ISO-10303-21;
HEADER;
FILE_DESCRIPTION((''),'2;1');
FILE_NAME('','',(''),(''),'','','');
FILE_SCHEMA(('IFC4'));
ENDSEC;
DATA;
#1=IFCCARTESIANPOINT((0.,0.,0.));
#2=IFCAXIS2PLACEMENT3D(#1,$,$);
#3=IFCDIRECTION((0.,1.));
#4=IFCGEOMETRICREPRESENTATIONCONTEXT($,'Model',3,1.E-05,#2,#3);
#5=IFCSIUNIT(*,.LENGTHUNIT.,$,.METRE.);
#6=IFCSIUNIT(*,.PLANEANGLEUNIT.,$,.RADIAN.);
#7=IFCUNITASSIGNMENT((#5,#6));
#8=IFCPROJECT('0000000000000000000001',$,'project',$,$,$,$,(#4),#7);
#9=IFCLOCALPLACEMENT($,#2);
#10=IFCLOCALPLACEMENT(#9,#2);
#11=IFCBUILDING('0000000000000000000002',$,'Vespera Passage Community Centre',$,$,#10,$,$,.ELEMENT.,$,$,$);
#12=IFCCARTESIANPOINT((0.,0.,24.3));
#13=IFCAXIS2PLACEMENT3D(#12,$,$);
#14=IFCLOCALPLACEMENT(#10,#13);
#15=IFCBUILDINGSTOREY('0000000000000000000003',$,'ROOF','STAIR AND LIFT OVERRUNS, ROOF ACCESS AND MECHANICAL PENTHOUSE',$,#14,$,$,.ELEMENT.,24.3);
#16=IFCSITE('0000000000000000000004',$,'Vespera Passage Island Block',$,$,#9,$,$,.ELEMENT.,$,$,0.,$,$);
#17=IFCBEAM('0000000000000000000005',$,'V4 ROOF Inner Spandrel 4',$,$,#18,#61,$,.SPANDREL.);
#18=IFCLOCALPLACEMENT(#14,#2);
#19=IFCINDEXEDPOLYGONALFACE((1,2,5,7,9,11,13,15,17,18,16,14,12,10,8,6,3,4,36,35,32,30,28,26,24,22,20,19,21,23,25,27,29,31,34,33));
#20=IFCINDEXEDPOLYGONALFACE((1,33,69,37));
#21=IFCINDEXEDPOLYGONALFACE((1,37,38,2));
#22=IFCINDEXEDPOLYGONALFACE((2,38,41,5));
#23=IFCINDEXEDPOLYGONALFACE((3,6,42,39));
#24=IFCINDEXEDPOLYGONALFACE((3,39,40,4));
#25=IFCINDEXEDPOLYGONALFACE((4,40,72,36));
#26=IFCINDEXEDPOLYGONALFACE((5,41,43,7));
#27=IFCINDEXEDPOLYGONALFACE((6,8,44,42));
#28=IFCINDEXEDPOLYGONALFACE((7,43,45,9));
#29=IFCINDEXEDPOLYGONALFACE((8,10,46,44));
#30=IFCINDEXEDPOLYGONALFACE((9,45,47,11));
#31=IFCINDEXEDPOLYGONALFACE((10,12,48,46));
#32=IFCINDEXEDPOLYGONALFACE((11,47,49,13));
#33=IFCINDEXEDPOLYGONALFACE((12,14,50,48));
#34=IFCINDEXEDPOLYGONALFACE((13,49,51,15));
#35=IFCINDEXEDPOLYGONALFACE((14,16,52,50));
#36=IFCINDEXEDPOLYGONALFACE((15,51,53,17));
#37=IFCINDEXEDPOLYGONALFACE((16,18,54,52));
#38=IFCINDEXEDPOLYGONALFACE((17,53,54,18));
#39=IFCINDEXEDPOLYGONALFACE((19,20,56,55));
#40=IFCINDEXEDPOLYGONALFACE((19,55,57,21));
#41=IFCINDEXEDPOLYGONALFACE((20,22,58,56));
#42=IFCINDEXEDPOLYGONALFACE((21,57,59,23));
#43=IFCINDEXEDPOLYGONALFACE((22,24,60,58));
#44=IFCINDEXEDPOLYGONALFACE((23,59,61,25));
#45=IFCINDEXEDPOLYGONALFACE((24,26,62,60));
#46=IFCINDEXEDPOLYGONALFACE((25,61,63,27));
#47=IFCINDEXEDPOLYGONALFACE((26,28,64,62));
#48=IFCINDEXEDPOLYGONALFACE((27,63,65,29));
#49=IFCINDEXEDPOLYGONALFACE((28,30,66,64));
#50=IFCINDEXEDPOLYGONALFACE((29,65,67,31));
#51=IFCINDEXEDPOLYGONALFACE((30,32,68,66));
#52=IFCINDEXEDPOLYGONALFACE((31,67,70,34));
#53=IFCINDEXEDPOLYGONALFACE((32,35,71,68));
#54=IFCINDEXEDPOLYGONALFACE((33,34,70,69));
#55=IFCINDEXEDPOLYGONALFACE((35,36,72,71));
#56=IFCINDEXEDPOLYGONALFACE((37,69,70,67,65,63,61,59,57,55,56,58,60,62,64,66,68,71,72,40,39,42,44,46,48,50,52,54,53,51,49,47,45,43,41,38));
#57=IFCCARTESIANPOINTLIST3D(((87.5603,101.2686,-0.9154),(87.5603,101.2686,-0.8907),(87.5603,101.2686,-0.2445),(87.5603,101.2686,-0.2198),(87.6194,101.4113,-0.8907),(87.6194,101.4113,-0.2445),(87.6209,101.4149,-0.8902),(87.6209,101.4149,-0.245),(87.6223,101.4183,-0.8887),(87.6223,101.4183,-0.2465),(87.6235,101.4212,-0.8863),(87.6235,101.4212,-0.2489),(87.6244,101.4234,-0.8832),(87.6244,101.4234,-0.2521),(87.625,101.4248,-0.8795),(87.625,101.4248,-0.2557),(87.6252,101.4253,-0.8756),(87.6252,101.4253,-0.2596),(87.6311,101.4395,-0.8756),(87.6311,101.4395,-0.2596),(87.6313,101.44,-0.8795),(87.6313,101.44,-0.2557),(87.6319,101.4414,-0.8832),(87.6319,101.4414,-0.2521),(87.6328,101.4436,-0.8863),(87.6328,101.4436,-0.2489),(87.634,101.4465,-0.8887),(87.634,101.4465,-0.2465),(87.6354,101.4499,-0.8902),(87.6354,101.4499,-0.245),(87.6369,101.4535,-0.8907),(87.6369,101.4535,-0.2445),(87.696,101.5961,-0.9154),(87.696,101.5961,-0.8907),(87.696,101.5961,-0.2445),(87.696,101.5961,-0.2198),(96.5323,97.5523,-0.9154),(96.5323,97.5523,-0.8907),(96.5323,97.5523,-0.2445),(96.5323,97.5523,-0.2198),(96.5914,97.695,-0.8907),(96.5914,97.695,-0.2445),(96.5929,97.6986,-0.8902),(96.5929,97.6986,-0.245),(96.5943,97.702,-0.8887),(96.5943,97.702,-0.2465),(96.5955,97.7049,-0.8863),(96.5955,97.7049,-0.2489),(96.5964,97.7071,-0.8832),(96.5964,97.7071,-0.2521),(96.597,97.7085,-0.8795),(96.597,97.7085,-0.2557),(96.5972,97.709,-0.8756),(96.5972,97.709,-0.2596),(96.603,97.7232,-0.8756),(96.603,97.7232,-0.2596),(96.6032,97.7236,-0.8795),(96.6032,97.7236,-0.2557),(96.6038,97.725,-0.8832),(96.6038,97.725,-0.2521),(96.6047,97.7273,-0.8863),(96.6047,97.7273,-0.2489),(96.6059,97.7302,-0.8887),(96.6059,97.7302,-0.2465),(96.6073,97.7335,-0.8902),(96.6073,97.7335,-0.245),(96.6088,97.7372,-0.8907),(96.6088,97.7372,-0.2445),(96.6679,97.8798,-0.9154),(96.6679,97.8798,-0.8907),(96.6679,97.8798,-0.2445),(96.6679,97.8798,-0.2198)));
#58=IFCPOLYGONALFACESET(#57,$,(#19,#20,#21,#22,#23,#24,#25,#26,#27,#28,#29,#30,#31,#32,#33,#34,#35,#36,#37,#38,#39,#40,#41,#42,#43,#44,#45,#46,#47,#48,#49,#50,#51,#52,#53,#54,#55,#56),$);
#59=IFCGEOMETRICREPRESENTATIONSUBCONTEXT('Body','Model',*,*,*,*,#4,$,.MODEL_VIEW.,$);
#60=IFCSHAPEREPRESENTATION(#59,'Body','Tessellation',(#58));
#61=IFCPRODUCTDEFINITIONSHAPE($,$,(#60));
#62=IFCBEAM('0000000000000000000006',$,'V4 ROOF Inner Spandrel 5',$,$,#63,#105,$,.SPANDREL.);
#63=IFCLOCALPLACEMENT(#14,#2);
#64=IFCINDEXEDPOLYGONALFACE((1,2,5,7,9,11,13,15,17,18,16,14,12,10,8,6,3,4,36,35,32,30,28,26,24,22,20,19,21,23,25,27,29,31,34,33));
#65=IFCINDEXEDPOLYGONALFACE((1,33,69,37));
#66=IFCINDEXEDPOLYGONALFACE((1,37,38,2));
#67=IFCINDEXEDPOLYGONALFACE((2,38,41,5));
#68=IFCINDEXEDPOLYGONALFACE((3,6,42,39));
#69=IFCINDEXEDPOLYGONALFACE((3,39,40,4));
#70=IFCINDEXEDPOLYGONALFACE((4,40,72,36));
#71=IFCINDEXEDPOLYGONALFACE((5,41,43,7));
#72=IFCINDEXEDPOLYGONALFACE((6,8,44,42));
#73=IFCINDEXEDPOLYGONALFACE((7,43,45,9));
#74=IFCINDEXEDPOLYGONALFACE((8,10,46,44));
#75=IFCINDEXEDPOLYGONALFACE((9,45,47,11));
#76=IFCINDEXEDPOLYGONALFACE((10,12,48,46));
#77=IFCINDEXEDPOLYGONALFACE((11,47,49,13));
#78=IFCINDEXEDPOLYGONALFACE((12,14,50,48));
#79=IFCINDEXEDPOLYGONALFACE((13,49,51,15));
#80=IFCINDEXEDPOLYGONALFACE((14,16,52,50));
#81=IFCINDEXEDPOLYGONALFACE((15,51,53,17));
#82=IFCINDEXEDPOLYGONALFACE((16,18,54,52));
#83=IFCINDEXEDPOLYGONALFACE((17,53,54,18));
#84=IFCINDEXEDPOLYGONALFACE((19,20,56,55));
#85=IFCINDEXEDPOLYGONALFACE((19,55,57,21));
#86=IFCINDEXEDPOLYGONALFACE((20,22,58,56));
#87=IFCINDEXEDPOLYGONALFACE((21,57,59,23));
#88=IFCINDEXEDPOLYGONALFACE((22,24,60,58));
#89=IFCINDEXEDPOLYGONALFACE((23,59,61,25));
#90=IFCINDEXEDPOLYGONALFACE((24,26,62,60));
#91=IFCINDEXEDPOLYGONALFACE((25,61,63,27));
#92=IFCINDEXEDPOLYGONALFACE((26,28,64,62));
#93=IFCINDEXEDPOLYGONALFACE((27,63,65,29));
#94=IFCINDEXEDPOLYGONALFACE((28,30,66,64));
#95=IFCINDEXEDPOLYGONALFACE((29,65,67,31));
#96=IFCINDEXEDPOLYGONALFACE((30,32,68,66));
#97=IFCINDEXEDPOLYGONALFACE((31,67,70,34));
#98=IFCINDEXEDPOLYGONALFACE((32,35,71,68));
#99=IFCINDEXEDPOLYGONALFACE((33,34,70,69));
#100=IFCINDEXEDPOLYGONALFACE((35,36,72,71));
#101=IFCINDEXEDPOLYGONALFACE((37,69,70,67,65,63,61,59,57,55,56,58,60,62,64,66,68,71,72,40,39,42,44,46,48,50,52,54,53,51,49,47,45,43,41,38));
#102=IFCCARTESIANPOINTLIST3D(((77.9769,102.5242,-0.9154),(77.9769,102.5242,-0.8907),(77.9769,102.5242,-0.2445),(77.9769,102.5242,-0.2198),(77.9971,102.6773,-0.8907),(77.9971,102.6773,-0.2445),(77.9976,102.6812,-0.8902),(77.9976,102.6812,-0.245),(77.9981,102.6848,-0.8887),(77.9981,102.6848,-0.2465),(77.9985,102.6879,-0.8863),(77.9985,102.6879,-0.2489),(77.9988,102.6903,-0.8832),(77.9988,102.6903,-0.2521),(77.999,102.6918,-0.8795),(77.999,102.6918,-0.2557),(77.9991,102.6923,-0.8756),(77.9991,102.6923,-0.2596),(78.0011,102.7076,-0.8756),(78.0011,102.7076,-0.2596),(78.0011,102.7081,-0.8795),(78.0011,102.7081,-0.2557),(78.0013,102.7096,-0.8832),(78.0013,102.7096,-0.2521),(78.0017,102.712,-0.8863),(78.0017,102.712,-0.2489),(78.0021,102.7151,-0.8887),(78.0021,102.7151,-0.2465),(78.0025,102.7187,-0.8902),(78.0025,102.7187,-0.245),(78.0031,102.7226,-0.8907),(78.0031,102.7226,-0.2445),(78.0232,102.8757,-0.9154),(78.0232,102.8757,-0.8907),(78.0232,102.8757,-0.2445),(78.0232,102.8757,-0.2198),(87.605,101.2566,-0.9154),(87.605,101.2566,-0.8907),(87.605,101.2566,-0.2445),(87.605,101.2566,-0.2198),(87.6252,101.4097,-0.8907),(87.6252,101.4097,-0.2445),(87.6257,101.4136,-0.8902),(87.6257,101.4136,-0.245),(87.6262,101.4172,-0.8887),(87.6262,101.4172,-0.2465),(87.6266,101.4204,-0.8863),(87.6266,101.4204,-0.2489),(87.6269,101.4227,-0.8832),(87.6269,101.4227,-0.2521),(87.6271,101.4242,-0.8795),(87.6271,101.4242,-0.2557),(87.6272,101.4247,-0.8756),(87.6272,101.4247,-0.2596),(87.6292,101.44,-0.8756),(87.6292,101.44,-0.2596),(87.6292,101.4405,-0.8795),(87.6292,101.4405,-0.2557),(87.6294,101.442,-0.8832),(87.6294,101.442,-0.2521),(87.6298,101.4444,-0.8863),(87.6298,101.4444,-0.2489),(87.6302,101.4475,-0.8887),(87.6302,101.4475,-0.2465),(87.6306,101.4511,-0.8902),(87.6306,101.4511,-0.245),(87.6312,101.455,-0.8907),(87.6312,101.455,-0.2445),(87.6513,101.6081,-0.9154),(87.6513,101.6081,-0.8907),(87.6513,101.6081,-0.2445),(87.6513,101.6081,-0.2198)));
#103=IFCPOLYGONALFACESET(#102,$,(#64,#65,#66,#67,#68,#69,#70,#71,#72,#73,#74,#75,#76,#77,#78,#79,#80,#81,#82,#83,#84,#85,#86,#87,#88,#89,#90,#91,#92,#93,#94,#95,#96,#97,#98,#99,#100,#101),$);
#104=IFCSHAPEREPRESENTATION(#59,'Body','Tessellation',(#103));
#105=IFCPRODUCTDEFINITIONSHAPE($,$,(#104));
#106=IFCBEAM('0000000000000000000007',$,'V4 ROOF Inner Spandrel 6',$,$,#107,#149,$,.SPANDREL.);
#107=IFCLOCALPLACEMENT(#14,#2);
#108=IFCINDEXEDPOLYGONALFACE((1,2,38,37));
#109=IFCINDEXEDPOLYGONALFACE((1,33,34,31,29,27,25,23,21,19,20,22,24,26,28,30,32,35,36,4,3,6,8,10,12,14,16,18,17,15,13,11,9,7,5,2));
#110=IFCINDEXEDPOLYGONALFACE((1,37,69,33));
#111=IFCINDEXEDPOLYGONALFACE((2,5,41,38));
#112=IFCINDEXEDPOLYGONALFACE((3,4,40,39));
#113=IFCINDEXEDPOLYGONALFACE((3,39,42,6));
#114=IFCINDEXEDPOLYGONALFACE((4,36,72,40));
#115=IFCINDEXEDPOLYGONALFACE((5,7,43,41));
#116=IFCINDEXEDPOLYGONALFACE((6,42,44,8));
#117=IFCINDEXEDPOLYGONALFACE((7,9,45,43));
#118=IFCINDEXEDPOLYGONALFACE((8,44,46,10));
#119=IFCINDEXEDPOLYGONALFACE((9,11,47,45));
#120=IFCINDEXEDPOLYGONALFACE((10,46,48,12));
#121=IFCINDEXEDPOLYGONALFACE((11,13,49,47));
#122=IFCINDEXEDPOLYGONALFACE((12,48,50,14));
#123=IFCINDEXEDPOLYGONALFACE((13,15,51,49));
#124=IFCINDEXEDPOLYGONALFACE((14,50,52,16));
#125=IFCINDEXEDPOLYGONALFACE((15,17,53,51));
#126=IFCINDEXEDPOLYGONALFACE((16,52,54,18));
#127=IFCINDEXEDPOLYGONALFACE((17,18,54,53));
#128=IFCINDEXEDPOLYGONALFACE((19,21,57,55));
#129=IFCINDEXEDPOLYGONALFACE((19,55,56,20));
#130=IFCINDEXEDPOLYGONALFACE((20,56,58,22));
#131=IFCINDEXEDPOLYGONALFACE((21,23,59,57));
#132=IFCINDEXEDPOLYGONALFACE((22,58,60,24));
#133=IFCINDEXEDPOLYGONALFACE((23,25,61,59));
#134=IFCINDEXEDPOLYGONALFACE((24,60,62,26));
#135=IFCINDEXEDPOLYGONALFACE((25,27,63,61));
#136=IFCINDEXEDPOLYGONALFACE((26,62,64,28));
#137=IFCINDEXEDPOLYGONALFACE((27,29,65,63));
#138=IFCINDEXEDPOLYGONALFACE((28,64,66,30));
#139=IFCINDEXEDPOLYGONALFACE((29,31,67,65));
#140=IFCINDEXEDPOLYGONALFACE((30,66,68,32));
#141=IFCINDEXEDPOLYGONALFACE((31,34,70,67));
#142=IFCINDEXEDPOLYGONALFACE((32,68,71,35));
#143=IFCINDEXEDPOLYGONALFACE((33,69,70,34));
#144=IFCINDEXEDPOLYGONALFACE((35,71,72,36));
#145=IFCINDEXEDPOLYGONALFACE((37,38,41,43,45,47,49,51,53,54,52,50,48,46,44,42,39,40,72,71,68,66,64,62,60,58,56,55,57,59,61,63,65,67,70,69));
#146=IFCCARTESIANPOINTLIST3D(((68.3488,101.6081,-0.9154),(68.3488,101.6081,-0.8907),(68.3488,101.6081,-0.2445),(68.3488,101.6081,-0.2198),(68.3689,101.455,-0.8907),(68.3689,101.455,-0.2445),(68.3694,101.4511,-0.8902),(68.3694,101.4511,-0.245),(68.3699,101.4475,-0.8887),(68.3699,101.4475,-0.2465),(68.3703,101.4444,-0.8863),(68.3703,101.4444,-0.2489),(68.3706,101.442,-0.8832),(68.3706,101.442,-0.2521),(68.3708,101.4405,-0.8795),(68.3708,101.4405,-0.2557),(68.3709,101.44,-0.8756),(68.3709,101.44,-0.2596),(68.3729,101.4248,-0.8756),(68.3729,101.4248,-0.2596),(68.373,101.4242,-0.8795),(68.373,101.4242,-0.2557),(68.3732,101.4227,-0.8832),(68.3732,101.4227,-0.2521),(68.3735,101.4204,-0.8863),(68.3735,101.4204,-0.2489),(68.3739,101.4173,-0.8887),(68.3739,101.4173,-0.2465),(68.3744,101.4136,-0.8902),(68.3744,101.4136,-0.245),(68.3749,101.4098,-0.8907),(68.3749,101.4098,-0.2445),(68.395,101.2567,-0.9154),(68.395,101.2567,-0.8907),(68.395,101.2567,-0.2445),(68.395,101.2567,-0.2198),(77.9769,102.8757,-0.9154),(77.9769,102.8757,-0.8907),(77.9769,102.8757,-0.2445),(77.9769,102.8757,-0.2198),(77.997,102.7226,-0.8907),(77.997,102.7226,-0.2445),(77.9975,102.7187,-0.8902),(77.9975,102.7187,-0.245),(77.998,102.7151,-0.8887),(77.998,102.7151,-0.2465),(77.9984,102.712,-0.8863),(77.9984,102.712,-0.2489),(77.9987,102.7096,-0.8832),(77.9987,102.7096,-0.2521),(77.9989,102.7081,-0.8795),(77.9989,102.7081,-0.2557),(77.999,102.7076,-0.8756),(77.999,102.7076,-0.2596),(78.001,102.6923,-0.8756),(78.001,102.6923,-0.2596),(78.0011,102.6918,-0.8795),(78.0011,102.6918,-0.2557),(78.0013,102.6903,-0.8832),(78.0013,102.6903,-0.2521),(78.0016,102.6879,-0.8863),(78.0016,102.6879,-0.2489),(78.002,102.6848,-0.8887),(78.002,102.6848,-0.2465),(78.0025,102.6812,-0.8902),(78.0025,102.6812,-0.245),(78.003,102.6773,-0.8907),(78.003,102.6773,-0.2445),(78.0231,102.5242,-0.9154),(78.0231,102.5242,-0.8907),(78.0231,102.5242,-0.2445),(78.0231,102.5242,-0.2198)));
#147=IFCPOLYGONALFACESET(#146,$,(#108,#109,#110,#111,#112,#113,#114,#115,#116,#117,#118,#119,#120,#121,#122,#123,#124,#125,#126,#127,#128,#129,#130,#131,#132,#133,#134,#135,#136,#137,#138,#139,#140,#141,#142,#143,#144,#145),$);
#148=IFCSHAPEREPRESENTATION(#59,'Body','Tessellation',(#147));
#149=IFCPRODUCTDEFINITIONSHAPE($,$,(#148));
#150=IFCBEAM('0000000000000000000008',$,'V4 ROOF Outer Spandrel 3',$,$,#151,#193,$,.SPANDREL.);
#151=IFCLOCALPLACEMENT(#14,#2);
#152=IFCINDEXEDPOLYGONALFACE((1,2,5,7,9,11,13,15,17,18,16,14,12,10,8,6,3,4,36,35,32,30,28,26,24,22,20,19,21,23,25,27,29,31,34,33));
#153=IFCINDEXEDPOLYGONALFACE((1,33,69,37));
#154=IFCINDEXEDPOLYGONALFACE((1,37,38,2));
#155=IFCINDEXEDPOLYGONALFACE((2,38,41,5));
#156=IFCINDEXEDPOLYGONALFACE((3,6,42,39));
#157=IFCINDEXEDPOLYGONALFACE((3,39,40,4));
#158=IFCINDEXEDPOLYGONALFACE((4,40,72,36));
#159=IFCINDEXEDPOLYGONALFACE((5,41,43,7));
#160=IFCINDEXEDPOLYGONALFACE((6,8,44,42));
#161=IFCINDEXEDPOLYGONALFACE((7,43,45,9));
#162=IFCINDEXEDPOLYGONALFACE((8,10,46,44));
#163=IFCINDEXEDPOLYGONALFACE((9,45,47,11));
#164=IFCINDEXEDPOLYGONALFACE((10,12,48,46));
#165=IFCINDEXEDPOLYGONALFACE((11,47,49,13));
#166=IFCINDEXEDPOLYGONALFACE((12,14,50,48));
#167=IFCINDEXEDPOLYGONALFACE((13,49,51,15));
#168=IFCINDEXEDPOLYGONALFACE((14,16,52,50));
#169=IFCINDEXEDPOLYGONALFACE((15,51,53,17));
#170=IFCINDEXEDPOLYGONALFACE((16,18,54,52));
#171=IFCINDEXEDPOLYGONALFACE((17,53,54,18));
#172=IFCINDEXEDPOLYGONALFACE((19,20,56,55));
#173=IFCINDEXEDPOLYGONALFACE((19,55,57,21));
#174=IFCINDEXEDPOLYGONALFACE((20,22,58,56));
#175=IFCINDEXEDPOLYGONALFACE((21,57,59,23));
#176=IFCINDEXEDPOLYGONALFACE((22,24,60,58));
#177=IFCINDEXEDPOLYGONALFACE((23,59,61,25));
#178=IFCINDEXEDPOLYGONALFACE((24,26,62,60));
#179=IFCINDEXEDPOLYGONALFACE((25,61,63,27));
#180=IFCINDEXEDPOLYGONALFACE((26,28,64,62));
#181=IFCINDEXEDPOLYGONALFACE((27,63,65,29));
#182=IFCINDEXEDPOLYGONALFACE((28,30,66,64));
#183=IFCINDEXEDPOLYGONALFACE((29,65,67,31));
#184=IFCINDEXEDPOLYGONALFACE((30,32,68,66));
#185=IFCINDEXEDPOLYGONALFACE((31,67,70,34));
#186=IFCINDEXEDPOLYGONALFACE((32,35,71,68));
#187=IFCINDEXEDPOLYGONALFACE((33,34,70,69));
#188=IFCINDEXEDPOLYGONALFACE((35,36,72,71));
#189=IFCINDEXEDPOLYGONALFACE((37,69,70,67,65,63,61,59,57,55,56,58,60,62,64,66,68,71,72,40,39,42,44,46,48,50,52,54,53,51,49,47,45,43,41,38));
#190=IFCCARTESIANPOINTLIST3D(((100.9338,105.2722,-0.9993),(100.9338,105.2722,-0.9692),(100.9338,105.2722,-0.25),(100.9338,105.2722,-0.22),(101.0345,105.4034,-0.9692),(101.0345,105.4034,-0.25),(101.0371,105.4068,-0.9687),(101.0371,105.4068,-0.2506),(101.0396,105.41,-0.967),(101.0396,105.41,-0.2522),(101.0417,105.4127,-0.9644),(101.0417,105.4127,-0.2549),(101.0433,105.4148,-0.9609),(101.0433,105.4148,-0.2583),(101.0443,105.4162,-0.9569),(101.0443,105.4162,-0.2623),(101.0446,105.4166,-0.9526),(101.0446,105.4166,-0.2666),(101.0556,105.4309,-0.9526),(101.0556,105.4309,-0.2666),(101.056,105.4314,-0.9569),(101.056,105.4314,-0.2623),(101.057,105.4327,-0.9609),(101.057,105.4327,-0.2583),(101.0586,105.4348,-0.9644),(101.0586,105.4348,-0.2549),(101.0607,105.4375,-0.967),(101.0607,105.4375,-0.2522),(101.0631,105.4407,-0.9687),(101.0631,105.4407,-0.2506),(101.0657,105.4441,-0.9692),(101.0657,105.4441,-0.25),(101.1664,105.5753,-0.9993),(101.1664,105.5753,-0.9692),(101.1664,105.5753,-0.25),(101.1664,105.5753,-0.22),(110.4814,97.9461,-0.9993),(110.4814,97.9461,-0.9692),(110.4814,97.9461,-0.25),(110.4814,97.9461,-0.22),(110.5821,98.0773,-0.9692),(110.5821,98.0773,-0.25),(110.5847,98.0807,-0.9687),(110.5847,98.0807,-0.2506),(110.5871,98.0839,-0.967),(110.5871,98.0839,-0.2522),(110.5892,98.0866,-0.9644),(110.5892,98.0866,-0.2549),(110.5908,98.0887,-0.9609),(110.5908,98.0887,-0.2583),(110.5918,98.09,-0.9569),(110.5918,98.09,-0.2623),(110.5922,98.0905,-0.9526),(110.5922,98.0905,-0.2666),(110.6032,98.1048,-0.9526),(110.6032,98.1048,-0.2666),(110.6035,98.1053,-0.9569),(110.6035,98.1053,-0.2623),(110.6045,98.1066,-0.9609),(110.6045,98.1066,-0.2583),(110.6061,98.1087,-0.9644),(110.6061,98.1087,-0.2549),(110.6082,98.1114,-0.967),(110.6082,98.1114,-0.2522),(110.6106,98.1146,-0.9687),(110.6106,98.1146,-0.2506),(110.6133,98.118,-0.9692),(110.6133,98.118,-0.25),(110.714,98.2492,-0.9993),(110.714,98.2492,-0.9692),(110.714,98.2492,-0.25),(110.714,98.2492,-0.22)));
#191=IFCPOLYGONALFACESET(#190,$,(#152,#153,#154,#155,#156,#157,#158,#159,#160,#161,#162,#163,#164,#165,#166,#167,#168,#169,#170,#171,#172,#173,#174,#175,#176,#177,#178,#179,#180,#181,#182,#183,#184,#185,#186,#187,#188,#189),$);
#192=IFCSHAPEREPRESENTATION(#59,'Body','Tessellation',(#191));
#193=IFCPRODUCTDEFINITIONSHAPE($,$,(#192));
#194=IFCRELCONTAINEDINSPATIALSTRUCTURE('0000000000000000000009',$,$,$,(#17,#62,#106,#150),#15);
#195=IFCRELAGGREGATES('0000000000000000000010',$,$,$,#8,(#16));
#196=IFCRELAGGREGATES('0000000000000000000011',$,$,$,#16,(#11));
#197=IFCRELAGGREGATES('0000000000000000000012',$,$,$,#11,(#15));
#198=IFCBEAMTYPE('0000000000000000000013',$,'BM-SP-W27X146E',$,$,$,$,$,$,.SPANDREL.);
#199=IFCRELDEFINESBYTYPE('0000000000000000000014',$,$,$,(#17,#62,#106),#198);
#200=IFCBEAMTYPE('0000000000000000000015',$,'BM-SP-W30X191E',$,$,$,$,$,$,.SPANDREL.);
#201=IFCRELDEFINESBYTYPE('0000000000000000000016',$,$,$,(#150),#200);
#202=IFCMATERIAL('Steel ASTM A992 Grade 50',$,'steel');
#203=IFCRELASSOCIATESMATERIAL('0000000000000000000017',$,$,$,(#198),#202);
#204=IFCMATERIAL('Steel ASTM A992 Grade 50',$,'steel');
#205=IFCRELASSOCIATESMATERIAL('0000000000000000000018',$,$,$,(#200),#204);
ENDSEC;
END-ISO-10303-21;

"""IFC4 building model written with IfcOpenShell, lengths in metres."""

from ifc_helpers import new_model, si_unit, direction, frame, origin, origin_2d, place, context, subcontext, project, spatial, i_section, extrude, material, material_profile, profile_set, type_object, element, save


model = new_model("IFC4")

# Units and contexts
model_context = context("Model", 3, precision=1e-05, world=origin(), true_north=direction((0.0, 1.0)))
body_context = subcontext(model_context, "Body", "Model", "MODEL_VIEW")
ifc_project = project(units=[si_unit("LENGTHUNIT", "METRE"), si_unit("PLANEANGLEUNIT", "RADIAN")], contexts=[model_context])

# Site, building, storey
site_placement = place(None, origin())
site = spatial("IfcSite", under=ifc_project, at=site_placement, Name="Vespera Passage Island Block", CompositionType="ELEMENT", RefElevation=0.0)
building_placement = place(site_placement, origin())
building = spatial("IfcBuilding", under=site, at=building_placement, Name="Vespera Passage Community Centre", CompositionType="ELEMENT")
storey_placement = place(building_placement, frame((0.0, 0.0, 24.3)))
storey = spatial("IfcBuildingStorey", under=building, at=storey_placement, Name="ROOF", Description="STAIR AND LIFT OVERRUNS, ROOF ACCESS AND MECHANICAL PENTHOUSE", CompositionType="ELEMENT", Elevation=24.3)

# Beams
ifc_material_1 = material(Name="Steel ASTM A992 Grade 50", Category="steel")
ifc_material_profile_1 = material_profile(ifc_material_1, i_section(OverallWidth=0.3545, OverallDepth=0.6956, WebThickness=0.0154, FlangeThickness=0.0247, FilletRadius=0.0151, at=origin_2d()), Name="W27X146")
ifc_profile_set_1 = profile_set([ifc_material_profile_1], Name="Steel ASTM A992 Grade 50")
beam_type_1 = type_object("IfcBeamType", Name="BM-SP-W27X146E", PredefinedType="SPANDREL", material=ifc_profile_set_1)
for number, where, z_axis, x_axis, name in (
    (1, (96.6001, 97.7161, -0.5676), (-0.923879, 0.382685, 0.0), (-0.382685, -0.923879, 0.0), "V4 ROOF Inner Spandrel 4"),
    (2, (87.6282, 101.4324, -0.5676), (-0.991445, 0.130527, 0.0), (-0.130527, -0.991445, 0.0), "V4 ROOF Inner Spandrel 5"),
    (3, (78.0, 102.7, -0.5676), (-0.991445, -0.130527, 0.0), (0.130527, -0.991445, 0.0), "V4 ROOF Inner Spandrel 6"),
):
    element("IfcBeam", number, at=place(storey_placement, frame(where, z_axis=z_axis, x_axis=x_axis)), inside=storey, type_object=beam_type_1, Name=name, PredefinedType="SPANDREL", context=body_context, shape_type="SweptSolid", body=[
        extrude(i_section(OverallWidth=0.3545, OverallDepth=0.6956, WebThickness=0.0154, FlangeThickness=0.0247, FilletRadius=0.0151, at=origin_2d()), origin(), (0.0, 0.0, 1.0), 9.7112),
    ])
ifc_material_2 = material(Name="Steel ASTM A992 Grade 50", Category="steel")
ifc_material_profile_2 = material_profile(ifc_material_2, i_section(OverallWidth=0.3821, OverallDepth=0.7793, WebThickness=0.0181, FlangeThickness=0.03, FilletRadius=0.0166, at=origin_2d()), Name="W30X191")
ifc_profile_set_2 = profile_set([ifc_material_profile_2], Name="Steel ASTM A992 Grade 50")
beam_type_2 = type_object("IfcBeamType", Name="BM-SP-W30X191E", PredefinedType="SPANDREL", material=ifc_profile_set_2)
for number, where, z_axis, x_axis, name in (
    (4, (110.5977, 98.0977, -0.6096), (-0.793352, 0.608763, 0.0), (-0.608763, -0.793352, 0.0), "V4 ROOF Outer Spandrel 3"),
):
    element("IfcBeam", number, at=place(storey_placement, frame(where, z_axis=z_axis, x_axis=x_axis)), inside=storey, type_object=beam_type_2, Name=name, PredefinedType="SPANDREL", context=body_context, shape_type="SweptSolid", body=[
        extrude(i_section(OverallWidth=0.3821, OverallDepth=0.7793, WebThickness=0.0181, FlangeThickness=0.03, FilletRadius=0.0166, at=origin_2d()), origin(), (0.0, 0.0, 1.0), 12.0344),
    ])

save(model, "model.ifc")
